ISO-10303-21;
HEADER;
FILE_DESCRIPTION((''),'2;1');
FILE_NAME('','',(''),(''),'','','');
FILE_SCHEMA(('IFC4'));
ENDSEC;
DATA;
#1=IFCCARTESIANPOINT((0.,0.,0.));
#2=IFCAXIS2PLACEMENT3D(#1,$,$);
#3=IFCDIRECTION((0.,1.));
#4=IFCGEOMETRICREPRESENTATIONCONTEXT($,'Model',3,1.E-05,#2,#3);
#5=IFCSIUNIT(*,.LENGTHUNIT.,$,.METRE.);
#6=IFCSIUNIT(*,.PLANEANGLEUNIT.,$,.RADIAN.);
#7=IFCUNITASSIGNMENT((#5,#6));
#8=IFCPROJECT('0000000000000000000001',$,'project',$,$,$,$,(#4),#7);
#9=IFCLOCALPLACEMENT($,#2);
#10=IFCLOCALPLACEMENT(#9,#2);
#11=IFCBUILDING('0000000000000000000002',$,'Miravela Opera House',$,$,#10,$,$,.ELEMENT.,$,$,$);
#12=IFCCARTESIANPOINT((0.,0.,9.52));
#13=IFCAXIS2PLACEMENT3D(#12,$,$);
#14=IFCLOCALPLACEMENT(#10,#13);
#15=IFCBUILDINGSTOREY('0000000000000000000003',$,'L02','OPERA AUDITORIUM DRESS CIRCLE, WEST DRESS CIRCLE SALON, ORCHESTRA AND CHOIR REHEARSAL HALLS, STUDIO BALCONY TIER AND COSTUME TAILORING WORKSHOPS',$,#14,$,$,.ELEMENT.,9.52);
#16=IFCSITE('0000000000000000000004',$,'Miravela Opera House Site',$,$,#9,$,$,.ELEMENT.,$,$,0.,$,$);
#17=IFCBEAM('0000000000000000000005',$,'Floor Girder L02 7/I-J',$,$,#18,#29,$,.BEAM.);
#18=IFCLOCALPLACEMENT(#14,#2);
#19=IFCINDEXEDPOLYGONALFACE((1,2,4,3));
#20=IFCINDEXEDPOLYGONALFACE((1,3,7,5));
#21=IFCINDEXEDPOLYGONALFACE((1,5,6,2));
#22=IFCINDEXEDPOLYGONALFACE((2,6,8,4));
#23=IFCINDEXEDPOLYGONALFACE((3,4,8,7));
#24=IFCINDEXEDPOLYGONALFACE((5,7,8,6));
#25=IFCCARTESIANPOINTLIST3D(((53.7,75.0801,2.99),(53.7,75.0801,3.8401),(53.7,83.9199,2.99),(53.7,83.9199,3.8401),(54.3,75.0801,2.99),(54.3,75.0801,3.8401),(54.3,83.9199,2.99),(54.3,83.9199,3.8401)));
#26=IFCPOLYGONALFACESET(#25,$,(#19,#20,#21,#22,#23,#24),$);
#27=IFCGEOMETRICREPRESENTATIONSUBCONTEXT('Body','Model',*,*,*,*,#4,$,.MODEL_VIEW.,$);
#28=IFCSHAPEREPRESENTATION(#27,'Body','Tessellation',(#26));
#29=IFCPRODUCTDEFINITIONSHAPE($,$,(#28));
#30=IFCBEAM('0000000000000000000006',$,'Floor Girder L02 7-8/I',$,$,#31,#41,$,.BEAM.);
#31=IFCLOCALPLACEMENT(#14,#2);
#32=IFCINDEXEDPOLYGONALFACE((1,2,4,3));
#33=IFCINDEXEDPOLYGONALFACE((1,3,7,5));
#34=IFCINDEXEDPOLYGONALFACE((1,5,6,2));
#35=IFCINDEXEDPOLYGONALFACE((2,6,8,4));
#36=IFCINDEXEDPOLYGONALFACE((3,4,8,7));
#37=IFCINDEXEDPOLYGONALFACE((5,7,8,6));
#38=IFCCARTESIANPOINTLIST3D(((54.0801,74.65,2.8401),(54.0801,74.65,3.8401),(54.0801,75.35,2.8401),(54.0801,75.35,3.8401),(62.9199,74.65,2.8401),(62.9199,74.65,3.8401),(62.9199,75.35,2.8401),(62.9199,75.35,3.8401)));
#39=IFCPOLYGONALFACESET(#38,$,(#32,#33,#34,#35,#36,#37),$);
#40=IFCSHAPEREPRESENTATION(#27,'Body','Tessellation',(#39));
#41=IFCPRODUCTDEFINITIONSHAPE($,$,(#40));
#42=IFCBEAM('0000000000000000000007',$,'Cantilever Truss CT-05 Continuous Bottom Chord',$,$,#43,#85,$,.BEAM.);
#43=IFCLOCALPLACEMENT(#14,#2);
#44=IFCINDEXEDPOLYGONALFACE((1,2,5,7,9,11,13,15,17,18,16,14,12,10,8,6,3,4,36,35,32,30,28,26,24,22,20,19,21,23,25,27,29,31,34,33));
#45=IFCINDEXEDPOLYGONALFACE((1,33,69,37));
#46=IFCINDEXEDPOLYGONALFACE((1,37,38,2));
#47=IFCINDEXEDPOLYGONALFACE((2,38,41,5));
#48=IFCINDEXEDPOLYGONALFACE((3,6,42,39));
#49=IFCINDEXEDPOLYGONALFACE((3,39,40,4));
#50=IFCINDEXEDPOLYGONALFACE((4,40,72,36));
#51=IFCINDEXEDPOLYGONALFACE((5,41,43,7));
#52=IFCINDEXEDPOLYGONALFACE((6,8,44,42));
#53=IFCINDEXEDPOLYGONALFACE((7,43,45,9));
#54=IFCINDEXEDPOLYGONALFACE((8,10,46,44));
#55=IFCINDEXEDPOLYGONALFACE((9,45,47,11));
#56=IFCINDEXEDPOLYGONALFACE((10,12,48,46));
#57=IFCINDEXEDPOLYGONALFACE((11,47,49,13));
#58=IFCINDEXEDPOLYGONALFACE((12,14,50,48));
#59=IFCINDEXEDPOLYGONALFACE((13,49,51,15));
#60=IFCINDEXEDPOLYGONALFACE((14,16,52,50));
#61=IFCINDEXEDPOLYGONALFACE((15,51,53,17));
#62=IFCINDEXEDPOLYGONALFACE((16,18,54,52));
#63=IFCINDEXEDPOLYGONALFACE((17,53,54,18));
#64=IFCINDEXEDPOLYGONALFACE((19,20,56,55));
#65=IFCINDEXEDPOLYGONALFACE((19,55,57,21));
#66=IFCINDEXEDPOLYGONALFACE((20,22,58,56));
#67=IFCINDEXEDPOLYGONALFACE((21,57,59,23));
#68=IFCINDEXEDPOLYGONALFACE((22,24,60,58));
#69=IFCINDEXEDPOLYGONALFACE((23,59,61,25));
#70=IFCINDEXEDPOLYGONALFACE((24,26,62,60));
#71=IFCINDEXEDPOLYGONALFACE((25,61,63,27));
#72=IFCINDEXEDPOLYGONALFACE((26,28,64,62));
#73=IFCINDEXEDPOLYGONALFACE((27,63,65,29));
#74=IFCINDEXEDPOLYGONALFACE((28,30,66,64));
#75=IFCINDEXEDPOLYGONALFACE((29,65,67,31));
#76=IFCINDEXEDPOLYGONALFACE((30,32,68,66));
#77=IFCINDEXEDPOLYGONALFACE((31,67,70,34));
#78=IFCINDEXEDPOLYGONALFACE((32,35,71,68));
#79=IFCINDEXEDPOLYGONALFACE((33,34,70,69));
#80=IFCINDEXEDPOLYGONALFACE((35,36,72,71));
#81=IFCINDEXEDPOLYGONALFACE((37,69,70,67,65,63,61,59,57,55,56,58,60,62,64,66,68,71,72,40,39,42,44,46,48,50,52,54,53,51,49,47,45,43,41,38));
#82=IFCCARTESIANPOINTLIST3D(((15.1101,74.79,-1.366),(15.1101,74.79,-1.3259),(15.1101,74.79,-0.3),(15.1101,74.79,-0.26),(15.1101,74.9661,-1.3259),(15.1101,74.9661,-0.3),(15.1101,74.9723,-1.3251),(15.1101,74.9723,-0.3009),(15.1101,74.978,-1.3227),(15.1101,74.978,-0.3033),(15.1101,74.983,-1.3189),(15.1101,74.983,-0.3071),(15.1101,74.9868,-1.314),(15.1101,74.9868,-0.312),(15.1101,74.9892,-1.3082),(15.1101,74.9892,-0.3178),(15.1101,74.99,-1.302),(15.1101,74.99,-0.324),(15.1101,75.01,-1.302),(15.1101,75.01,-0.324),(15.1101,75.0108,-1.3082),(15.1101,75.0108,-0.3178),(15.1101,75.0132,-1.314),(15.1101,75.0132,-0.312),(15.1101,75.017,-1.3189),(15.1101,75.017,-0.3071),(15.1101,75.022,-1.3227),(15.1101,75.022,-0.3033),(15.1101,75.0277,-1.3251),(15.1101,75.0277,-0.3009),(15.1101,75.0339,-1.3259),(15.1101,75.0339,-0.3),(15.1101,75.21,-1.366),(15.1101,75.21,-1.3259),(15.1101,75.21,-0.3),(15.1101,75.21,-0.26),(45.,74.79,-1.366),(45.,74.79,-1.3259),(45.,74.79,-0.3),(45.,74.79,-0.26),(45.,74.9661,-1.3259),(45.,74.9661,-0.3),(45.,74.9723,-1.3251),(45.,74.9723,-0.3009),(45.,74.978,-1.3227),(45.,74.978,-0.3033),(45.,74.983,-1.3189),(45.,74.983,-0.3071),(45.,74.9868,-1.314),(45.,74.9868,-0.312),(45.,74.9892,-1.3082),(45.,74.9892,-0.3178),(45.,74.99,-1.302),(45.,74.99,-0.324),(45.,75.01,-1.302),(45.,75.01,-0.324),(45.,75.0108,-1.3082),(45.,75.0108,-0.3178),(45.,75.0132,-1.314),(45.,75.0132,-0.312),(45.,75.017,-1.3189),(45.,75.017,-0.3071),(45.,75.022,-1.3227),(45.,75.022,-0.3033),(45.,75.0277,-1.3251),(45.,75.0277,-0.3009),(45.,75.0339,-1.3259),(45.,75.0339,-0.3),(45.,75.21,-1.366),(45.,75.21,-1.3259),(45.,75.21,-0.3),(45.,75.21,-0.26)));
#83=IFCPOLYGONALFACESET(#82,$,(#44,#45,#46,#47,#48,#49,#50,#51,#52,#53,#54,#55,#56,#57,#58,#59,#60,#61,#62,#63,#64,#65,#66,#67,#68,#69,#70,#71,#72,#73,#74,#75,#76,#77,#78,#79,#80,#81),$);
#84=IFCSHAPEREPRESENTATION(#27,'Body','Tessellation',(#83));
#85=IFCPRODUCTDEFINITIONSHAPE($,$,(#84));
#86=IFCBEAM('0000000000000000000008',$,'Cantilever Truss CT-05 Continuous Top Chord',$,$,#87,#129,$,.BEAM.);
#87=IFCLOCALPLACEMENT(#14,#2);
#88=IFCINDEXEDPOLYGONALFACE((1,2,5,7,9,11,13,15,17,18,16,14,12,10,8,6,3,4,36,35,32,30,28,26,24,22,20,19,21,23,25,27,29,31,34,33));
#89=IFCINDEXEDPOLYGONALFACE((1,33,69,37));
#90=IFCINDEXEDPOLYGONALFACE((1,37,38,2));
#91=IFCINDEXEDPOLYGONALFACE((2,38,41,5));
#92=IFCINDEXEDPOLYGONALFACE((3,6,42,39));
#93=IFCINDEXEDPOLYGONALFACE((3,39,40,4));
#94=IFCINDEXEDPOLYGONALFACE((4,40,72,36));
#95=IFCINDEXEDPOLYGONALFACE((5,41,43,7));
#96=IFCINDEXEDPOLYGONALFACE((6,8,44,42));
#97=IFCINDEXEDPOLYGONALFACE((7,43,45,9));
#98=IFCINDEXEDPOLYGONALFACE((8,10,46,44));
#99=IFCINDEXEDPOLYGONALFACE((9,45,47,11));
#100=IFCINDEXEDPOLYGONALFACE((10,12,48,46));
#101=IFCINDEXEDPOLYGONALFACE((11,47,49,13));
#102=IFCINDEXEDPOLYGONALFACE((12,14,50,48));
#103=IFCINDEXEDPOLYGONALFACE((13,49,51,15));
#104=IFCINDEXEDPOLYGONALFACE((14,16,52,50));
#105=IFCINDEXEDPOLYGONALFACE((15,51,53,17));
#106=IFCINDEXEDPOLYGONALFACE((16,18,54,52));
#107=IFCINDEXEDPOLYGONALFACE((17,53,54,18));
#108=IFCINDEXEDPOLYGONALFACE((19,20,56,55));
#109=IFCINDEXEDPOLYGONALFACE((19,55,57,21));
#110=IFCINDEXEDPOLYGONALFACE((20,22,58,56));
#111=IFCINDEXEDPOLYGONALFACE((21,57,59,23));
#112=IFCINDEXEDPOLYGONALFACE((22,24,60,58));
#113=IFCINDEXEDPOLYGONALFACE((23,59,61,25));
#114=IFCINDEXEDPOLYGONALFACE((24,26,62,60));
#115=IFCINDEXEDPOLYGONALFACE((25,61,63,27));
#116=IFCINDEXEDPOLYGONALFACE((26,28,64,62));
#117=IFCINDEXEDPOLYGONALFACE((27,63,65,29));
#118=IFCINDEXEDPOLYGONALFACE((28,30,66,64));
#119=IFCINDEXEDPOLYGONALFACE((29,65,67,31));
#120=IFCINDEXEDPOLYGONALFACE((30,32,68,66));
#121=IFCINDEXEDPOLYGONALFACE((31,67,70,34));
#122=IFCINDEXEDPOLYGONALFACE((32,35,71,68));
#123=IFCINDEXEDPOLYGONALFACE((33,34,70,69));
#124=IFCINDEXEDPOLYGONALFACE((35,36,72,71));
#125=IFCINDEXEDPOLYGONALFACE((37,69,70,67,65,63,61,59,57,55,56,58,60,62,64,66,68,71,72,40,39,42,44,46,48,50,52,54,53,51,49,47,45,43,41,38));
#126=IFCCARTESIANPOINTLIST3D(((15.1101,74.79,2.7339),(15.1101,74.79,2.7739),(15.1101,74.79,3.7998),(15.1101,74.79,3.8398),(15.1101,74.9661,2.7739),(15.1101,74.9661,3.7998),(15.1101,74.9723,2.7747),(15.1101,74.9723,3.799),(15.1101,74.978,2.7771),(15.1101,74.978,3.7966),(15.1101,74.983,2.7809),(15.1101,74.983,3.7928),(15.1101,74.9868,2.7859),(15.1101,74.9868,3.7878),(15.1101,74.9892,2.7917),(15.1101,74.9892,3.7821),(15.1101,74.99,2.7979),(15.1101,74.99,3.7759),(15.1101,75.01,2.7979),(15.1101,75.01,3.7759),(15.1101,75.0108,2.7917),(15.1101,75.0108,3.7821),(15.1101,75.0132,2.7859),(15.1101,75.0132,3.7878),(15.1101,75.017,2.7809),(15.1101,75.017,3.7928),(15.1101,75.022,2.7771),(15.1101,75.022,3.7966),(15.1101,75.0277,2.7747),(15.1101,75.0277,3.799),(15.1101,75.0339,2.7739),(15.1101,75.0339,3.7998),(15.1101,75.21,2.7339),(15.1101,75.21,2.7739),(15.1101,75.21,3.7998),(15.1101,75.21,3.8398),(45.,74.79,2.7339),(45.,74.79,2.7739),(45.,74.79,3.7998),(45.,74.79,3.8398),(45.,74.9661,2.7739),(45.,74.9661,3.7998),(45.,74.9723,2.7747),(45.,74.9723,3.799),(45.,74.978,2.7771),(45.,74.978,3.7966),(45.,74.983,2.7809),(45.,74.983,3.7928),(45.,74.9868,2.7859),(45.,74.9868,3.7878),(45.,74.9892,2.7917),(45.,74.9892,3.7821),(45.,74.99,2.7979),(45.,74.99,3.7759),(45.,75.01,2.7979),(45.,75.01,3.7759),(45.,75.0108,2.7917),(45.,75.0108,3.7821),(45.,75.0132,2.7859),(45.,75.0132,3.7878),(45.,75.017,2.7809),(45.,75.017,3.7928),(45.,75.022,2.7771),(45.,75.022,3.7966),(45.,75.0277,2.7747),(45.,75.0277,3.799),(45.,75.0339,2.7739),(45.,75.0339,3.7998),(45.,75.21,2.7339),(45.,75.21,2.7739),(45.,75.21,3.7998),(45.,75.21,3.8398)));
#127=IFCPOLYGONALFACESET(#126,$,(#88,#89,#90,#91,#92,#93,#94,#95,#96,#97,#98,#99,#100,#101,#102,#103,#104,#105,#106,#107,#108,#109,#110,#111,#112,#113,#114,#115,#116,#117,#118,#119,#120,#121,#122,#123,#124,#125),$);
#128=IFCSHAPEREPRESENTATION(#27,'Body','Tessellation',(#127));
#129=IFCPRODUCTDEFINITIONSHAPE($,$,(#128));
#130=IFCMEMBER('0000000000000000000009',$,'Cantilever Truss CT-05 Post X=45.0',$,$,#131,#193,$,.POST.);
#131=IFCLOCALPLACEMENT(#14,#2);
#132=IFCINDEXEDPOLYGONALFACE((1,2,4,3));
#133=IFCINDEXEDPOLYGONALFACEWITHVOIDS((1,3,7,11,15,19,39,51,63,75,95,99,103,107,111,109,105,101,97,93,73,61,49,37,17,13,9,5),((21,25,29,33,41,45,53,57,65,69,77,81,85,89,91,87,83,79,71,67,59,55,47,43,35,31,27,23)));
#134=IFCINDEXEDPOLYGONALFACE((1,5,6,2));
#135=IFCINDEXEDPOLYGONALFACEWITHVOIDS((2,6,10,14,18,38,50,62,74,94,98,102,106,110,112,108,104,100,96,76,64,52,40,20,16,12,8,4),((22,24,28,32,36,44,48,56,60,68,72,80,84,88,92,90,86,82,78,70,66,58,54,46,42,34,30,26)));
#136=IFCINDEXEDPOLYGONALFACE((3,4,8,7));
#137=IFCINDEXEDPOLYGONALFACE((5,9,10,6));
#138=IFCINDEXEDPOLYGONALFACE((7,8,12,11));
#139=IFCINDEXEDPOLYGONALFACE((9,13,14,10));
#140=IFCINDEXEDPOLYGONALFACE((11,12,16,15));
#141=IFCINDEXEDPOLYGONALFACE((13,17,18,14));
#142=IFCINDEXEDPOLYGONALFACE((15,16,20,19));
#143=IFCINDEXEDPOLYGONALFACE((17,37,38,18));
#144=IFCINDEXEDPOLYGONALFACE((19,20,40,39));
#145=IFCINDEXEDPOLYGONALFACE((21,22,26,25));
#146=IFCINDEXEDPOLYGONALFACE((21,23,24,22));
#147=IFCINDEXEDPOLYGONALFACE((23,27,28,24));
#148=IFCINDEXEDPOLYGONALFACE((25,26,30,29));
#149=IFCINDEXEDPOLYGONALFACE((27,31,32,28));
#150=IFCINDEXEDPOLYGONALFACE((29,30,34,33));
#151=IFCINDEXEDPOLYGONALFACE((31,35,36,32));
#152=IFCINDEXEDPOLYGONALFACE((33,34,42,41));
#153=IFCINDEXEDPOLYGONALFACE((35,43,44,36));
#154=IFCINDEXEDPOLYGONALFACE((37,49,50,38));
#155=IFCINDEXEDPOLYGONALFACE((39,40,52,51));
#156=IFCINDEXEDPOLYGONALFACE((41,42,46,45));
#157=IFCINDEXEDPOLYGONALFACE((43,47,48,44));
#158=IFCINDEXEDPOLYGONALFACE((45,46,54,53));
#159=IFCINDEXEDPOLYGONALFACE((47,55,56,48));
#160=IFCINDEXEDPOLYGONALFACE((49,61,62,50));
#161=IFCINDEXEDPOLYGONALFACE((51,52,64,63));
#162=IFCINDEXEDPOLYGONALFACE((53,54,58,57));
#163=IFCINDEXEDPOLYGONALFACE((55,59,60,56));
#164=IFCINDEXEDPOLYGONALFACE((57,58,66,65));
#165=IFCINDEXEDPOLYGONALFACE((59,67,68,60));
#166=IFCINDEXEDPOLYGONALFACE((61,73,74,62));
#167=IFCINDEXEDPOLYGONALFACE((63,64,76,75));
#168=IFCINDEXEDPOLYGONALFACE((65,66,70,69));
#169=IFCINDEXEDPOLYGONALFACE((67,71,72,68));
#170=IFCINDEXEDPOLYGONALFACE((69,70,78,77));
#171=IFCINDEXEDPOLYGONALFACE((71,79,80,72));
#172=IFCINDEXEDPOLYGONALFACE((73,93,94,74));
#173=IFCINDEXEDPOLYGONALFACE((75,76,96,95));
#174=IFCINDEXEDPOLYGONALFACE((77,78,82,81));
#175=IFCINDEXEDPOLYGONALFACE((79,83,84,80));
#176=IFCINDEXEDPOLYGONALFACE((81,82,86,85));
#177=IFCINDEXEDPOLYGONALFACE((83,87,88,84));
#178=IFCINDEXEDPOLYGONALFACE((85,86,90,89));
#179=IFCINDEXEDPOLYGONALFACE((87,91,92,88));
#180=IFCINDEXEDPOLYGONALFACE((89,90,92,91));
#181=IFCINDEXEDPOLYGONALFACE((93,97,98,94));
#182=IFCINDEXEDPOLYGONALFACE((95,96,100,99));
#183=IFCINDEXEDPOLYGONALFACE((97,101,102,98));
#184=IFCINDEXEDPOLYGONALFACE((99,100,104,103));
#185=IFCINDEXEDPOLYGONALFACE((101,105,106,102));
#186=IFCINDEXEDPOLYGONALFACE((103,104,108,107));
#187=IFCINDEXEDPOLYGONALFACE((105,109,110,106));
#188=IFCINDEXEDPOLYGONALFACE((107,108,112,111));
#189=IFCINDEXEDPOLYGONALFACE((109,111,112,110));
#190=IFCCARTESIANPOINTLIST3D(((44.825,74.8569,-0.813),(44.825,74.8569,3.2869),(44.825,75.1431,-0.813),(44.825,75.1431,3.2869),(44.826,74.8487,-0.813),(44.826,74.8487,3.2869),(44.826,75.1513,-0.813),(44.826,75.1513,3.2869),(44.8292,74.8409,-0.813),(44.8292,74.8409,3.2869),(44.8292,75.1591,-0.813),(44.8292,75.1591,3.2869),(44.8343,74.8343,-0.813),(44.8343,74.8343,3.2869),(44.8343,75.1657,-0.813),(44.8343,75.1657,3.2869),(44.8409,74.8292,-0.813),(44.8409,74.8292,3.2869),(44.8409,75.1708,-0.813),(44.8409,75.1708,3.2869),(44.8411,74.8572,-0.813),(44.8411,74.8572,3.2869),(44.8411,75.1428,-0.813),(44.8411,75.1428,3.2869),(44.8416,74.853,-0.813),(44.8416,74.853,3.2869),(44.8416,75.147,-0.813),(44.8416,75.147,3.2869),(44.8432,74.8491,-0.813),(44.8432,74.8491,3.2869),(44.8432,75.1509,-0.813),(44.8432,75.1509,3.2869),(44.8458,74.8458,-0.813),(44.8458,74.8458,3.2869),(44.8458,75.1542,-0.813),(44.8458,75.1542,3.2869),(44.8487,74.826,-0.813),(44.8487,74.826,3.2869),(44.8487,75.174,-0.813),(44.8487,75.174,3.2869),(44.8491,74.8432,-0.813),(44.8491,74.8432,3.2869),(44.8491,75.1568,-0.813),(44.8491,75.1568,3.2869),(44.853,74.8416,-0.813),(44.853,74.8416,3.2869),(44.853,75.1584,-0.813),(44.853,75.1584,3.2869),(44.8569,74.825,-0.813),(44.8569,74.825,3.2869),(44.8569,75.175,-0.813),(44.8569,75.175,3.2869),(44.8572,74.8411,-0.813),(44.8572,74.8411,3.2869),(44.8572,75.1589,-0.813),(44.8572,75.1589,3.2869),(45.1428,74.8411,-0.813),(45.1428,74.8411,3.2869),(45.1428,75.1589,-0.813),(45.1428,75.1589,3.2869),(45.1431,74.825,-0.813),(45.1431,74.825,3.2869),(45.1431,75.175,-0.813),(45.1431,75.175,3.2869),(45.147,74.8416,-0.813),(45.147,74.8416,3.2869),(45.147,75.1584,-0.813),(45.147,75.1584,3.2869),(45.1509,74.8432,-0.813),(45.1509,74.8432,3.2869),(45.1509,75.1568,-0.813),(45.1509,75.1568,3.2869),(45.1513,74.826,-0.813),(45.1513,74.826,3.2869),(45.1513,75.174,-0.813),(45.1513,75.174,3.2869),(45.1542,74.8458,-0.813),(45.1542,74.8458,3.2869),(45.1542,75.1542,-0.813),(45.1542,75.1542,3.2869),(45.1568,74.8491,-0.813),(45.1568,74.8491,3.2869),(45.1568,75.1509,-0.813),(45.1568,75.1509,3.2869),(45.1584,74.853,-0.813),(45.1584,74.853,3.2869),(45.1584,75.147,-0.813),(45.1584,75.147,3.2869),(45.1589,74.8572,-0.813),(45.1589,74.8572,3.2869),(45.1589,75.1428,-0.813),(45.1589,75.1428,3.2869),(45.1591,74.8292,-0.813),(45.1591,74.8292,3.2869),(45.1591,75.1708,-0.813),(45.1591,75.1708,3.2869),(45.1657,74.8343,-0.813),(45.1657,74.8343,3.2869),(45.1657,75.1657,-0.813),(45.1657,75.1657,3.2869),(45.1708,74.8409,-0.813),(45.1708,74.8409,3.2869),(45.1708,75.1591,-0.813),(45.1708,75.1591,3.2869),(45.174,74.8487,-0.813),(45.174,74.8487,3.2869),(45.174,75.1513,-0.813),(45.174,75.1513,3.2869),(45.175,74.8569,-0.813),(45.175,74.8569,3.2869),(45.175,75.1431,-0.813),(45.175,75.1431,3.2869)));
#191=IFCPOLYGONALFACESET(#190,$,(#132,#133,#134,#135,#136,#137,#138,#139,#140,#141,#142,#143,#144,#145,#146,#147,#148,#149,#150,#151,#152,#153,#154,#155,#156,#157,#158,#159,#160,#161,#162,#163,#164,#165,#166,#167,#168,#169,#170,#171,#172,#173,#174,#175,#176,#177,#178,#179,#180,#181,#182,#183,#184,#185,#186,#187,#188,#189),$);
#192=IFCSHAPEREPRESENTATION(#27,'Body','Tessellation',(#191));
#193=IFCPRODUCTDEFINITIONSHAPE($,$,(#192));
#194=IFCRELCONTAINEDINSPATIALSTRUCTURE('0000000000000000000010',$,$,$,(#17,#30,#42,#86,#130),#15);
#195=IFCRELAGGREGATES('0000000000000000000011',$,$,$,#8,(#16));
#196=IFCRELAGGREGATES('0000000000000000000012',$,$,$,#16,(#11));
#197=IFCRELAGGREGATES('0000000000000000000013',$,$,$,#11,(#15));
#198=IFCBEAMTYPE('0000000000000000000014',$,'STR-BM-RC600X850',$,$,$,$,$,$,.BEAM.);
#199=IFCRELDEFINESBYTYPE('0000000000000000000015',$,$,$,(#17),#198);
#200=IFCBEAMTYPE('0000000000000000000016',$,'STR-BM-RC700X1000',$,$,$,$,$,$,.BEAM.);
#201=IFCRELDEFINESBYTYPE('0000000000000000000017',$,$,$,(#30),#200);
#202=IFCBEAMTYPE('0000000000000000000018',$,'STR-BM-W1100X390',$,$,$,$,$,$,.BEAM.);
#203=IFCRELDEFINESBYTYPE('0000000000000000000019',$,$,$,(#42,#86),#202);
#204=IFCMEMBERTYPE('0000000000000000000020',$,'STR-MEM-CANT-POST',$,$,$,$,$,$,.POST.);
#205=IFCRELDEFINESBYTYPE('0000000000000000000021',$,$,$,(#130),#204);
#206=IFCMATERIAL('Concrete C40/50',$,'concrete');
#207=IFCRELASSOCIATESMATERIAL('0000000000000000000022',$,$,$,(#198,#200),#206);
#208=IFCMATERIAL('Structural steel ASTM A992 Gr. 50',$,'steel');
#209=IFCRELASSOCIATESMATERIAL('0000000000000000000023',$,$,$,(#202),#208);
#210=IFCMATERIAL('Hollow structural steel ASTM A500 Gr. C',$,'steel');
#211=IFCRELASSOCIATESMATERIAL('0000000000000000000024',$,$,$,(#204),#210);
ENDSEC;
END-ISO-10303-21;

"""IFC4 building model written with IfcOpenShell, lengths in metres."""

from ifc_helpers import new_model, si_unit, direction, frame, origin, origin_2d, place, context, subcontext, project, spatial, rectangle, hollow_rectangle, i_section, extrude, material, material_profile, profile_set, type_object, element, save


model = new_model("IFC4")

# Units and contexts
model_context = context("Model", 3, precision=1e-05, world=origin(), true_north=direction((0.0, 1.0)))
body_context = subcontext(model_context, "Body", "Model", "MODEL_VIEW")
ifc_project = project(units=[si_unit("LENGTHUNIT", "METRE"), si_unit("PLANEANGLEUNIT", "RADIAN")], contexts=[model_context])

# Site, building, storey
site_placement = place(None, origin())
site = spatial("IfcSite", under=ifc_project, at=site_placement, Name="Miravela Opera House Site", CompositionType="ELEMENT", RefElevation=0.0)
building_placement = place(site_placement, origin())
building = spatial("IfcBuilding", under=site, at=building_placement, Name="Miravela Opera House", CompositionType="ELEMENT")
storey_placement = place(building_placement, frame((0.0, 0.0, 9.52)))
storey = spatial("IfcBuildingStorey", under=building, at=storey_placement, Name="L02", Description="OPERA AUDITORIUM DRESS CIRCLE, WEST DRESS CIRCLE SALON, ORCHESTRA AND CHOIR REHEARSAL HALLS, STUDIO BALCONY TIER AND COSTUME TAILORING WORKSHOPS", CompositionType="ELEMENT", Elevation=9.52)

# Shared definitions
ifc_material_1 = material(Name="Hollow structural steel ASTM A500 Gr. C", Category="steel")

# Beams
ifc_material_2 = material(Name="Concrete C40/50", Category="concrete")
ifc_material_profile_1 = material_profile(ifc_material_2, rectangle(XDim=0.6001, YDim=0.8501, at=origin_2d()), Name="RC-BM-600X850")
ifc_profile_set_1 = profile_set([ifc_material_profile_1])
beam_type_1 = type_object("IfcBeamType", Name="STR-BM-RC600X850", PredefinedType="BEAM", material=ifc_profile_set_1)
for number, where, z_axis, x_axis, name in (
    (1, (54.0, 75.0801, 3.415), (0.0, 1.0, 0.0), (-1.0, 0.0, 0.0), "Floor Girder L02 7/I-J"),
):
    element("IfcBeam", number, at=place(storey_placement, frame(where, z_axis=z_axis, x_axis=x_axis)), inside=storey, type_object=beam_type_1, Name=name, PredefinedType="BEAM", context=body_context, shape_type="SweptSolid", body=[
        extrude(rectangle(XDim=0.6001, YDim=0.8501, at=origin_2d()), origin(), (0.0, 0.0, 1.0), 8.8398),
    ])
ifc_material_profile_2 = material_profile(ifc_material_2, rectangle(XDim=0.7, YDim=1.0, at=origin_2d()), Name="RC-BM-700X1000")
ifc_profile_set_2 = profile_set([ifc_material_profile_2])
beam_type_2 = type_object("IfcBeamType", Name="STR-BM-RC700X1000", PredefinedType="BEAM", material=ifc_profile_set_2)
beam_1_placement = place(storey_placement, frame((54.0801, 75.0, 3.3401), z_axis=(1.0, 0.0, 0.0), x_axis=(0.0, 1.0, 0.0)))
element("IfcBeam", 2, at=beam_1_placement, inside=storey, type_object=beam_type_2, Name="Floor Girder L02 7-8/I", PredefinedType="BEAM", context=body_context, shape_type="SweptSolid", body=[
    extrude(rectangle(XDim=0.7, YDim=1.0, at=origin_2d()), origin(), (0.0, 0.0, 1.0), 8.8398),
])
ifc_material_3 = material(Name="Structural steel ASTM A992 Gr. 50", Category="steel")
ifc_material_profile_3 = material_profile(ifc_material_3, i_section(OverallWidth=0.4199, OverallDepth=1.106, WebThickness=0.02, FlangeThickness=0.04, FilletRadius=0.0239, at=origin_2d()), Name="W1100X390")
ifc_profile_set_3 = profile_set([ifc_material_profile_3])
beam_type_3 = type_object("IfcBeamType", Name="STR-BM-W1100X390", PredefinedType="BEAM", material=ifc_profile_set_3)
for number, where, z_axis, x_axis, name in (
    (3, (45.0, 75.0, -0.813), (-1.0, 0.0, 0.0), (0.0, -1.0, 0.0), "Cantilever Truss CT-05 Continuous Bottom Chord"),
    (4, (45.0, 75.0, 3.2869), (-1.0, 0.0, 0.0), (0.0, -1.0, 0.0), "Cantilever Truss CT-05 Continuous Top Chord"),
):
    element("IfcBeam", number, at=place(storey_placement, frame(where, z_axis=z_axis, x_axis=x_axis)), inside=storey, type_object=beam_type_3, Name=name, PredefinedType="BEAM", context=body_context, shape_type="SweptSolid", body=[
        extrude(i_section(OverallWidth=0.4199, OverallDepth=1.106, WebThickness=0.02, FlangeThickness=0.04, FilletRadius=0.0239, at=origin_2d()), origin(), (0.0, 0.0, 1.0), 29.8899),
    ])

# Member
ifc_material_profile_4 = material_profile(ifc_material_1, hollow_rectangle(XDim=0.3501, YDim=0.3501, WallThickness=0.0161, InnerFilletRadius=0.0161, OuterFilletRadius=0.032, at=origin_2d()), Name="HSS350X350X16")
ifc_profile_set_4 = profile_set([ifc_material_profile_4])
member_type = type_object("IfcMemberType", Name="STR-MEM-CANT-POST", PredefinedType="POST", material=ifc_profile_set_4)
member_placement = place(storey_placement, frame((45.0, 75.0, -0.813), z_axis=(0.0, 0.0, 1.0), x_axis=(1.0, 0.0, 0.0)))
element("IfcMember", 5, at=member_placement, inside=storey, type_object=member_type, Name="Cantilever Truss CT-05 Post X=45.0", PredefinedType="POST", context=body_context, shape_type="SweptSolid", body=[
    extrude(hollow_rectangle(XDim=0.3501, YDim=0.3501, WallThickness=0.0161, InnerFilletRadius=0.0161, OuterFilletRadius=0.032, at=origin_2d()), origin(), (0.0, 0.0, 1.0), 4.0999),
])

save(model, "model.ifc")
